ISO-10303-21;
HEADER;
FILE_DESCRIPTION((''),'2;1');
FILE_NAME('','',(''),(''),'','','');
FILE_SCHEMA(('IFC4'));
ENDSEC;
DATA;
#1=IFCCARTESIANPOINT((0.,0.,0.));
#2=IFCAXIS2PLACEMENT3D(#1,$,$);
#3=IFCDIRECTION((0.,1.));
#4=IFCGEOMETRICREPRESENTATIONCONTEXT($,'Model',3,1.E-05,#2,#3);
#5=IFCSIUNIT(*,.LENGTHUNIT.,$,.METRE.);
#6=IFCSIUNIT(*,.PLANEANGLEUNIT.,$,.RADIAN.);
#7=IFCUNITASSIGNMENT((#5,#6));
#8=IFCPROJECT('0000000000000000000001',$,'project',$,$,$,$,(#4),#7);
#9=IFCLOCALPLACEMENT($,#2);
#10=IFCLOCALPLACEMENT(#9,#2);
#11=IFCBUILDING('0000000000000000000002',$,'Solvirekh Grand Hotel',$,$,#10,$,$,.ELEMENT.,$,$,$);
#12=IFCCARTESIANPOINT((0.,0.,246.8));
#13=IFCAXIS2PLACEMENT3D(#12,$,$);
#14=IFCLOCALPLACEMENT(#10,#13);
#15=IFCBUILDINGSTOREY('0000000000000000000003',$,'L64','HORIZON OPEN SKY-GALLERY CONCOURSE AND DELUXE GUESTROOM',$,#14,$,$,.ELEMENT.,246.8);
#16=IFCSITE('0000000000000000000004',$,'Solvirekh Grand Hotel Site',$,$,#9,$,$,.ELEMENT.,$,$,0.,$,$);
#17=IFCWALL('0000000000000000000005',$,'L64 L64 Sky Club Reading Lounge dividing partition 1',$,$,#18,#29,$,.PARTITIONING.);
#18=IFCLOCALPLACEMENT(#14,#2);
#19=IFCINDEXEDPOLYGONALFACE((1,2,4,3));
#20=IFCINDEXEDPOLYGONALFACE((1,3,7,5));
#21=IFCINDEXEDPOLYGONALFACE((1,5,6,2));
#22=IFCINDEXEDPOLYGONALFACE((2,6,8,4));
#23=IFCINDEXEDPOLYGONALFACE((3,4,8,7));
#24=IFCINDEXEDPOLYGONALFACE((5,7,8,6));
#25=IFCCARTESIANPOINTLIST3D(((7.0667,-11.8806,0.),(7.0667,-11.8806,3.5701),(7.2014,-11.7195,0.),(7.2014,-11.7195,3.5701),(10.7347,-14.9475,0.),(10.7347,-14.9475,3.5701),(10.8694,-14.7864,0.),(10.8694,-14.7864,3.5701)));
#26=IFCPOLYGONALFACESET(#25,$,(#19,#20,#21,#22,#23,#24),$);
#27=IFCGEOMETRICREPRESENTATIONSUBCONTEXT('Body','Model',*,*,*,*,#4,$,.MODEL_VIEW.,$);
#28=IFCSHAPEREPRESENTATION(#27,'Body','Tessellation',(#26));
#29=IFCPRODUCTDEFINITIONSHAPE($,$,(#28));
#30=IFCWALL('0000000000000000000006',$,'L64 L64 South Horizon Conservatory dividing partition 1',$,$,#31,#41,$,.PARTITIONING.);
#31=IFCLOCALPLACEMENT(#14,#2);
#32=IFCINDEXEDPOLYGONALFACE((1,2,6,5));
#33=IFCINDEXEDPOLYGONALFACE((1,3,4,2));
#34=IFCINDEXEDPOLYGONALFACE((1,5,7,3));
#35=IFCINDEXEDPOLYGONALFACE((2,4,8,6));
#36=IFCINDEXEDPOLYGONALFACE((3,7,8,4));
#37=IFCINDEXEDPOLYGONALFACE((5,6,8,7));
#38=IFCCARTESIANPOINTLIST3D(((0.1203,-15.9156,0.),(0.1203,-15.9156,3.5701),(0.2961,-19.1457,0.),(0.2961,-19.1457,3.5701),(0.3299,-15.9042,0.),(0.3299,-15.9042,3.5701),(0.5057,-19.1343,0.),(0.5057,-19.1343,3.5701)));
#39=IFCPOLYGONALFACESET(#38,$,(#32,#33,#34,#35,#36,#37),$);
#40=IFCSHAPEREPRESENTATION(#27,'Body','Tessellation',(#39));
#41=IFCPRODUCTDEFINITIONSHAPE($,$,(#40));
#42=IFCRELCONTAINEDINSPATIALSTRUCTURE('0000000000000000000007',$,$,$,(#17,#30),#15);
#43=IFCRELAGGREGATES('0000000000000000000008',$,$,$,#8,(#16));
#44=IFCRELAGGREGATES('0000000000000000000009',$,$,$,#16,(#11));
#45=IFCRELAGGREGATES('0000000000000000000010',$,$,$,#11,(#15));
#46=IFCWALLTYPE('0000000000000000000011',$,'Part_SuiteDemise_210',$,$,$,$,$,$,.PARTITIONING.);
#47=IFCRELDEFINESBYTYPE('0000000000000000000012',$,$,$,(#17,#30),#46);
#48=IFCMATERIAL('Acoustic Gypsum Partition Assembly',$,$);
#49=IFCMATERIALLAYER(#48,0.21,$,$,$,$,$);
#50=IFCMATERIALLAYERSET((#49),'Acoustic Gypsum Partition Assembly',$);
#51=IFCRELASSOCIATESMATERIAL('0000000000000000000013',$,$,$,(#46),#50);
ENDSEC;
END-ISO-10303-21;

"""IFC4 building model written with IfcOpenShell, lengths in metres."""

from ifc_helpers import new_model, si_unit, direction, frame, frame_2d, origin, place, context, subcontext, project, spatial, rectangle, extrude, material, layer, layer_set, type_object, element, save


model = new_model("IFC4")

# Units and contexts
model_context = context("Model", 3, precision=1e-05, world=origin(), true_north=direction((0.0, 1.0)))
body_context = subcontext(model_context, "Body", "Model", "MODEL_VIEW")
ifc_project = project(units=[si_unit("LENGTHUNIT", "METRE"), si_unit("PLANEANGLEUNIT", "RADIAN")], contexts=[model_context])

# Site, building, storey
site_placement = place(None, origin())
site = spatial("IfcSite", under=ifc_project, at=site_placement, Name="Solvirekh Grand Hotel Site", CompositionType="ELEMENT", RefElevation=0.0)
building_placement = place(site_placement, origin())
building = spatial("IfcBuilding", under=site, at=building_placement, Name="Solvirekh Grand Hotel", CompositionType="ELEMENT")
storey_placement = place(building_placement, frame((0.0, 0.0, 246.8)))
storey = spatial("IfcBuildingStorey", under=building, at=storey_placement, Name="L64", Description="HORIZON OPEN SKY-GALLERY CONCOURSE AND DELUXE GUESTROOM", CompositionType="ELEMENT", Elevation=246.8)

# Shared definitions
ifc_material_1 = material(Name="Acoustic Gypsum Partition Assembly")

# Walls
ifc_layer_1 = layer(ifc_material_1, 0.21)
ifc_layer_set_1 = layer_set([ifc_layer_1], Name="Acoustic Gypsum Partition Assembly")
wall_type_1 = type_object("IfcWallType", Name="Part_SuiteDemise_210", PredefinedType="PARTITIONING", material=ifc_layer_set_1)
wall_1_placement = place(storey_placement, frame((7.134, -11.8, 0.0), z_axis=(0.0, 0.0, 1.0), x_axis=(0.767165, -0.641449, 0.0)))
element("IfcWall", 1, at=wall_1_placement, inside=storey, type_object=wall_type_1, Name="L64 L64 Sky Club Reading Lounge dividing partition 1", PredefinedType="PARTITIONING", context=body_context, shape_type="SweptSolid", body=[
    extrude(rectangle(XDim=4.7812, YDim=0.21, at=frame_2d((2.3906, 0.0))), origin(), (0.0, 0.0, 1.0), 3.5701),
])
wall_2_placement = place(storey_placement, frame((0.2251, -15.9099, 0.0), z_axis=(0.0, 0.0, 1.0), x_axis=(0.054341, -0.998522, 0.0)))
element("IfcWall", 2, at=wall_2_placement, inside=storey, type_object=wall_type_1, Name="L64 L64 South Horizon Conservatory dividing partition 1", PredefinedType="PARTITIONING", context=body_context, shape_type="SweptSolid", body=[
    extrude(rectangle(XDim=3.2349, YDim=0.21, at=frame_2d((1.6174, 0.0))), origin(), (0.0, 0.0, 1.0), 3.5701),
])

save(model, "model.ifc")
